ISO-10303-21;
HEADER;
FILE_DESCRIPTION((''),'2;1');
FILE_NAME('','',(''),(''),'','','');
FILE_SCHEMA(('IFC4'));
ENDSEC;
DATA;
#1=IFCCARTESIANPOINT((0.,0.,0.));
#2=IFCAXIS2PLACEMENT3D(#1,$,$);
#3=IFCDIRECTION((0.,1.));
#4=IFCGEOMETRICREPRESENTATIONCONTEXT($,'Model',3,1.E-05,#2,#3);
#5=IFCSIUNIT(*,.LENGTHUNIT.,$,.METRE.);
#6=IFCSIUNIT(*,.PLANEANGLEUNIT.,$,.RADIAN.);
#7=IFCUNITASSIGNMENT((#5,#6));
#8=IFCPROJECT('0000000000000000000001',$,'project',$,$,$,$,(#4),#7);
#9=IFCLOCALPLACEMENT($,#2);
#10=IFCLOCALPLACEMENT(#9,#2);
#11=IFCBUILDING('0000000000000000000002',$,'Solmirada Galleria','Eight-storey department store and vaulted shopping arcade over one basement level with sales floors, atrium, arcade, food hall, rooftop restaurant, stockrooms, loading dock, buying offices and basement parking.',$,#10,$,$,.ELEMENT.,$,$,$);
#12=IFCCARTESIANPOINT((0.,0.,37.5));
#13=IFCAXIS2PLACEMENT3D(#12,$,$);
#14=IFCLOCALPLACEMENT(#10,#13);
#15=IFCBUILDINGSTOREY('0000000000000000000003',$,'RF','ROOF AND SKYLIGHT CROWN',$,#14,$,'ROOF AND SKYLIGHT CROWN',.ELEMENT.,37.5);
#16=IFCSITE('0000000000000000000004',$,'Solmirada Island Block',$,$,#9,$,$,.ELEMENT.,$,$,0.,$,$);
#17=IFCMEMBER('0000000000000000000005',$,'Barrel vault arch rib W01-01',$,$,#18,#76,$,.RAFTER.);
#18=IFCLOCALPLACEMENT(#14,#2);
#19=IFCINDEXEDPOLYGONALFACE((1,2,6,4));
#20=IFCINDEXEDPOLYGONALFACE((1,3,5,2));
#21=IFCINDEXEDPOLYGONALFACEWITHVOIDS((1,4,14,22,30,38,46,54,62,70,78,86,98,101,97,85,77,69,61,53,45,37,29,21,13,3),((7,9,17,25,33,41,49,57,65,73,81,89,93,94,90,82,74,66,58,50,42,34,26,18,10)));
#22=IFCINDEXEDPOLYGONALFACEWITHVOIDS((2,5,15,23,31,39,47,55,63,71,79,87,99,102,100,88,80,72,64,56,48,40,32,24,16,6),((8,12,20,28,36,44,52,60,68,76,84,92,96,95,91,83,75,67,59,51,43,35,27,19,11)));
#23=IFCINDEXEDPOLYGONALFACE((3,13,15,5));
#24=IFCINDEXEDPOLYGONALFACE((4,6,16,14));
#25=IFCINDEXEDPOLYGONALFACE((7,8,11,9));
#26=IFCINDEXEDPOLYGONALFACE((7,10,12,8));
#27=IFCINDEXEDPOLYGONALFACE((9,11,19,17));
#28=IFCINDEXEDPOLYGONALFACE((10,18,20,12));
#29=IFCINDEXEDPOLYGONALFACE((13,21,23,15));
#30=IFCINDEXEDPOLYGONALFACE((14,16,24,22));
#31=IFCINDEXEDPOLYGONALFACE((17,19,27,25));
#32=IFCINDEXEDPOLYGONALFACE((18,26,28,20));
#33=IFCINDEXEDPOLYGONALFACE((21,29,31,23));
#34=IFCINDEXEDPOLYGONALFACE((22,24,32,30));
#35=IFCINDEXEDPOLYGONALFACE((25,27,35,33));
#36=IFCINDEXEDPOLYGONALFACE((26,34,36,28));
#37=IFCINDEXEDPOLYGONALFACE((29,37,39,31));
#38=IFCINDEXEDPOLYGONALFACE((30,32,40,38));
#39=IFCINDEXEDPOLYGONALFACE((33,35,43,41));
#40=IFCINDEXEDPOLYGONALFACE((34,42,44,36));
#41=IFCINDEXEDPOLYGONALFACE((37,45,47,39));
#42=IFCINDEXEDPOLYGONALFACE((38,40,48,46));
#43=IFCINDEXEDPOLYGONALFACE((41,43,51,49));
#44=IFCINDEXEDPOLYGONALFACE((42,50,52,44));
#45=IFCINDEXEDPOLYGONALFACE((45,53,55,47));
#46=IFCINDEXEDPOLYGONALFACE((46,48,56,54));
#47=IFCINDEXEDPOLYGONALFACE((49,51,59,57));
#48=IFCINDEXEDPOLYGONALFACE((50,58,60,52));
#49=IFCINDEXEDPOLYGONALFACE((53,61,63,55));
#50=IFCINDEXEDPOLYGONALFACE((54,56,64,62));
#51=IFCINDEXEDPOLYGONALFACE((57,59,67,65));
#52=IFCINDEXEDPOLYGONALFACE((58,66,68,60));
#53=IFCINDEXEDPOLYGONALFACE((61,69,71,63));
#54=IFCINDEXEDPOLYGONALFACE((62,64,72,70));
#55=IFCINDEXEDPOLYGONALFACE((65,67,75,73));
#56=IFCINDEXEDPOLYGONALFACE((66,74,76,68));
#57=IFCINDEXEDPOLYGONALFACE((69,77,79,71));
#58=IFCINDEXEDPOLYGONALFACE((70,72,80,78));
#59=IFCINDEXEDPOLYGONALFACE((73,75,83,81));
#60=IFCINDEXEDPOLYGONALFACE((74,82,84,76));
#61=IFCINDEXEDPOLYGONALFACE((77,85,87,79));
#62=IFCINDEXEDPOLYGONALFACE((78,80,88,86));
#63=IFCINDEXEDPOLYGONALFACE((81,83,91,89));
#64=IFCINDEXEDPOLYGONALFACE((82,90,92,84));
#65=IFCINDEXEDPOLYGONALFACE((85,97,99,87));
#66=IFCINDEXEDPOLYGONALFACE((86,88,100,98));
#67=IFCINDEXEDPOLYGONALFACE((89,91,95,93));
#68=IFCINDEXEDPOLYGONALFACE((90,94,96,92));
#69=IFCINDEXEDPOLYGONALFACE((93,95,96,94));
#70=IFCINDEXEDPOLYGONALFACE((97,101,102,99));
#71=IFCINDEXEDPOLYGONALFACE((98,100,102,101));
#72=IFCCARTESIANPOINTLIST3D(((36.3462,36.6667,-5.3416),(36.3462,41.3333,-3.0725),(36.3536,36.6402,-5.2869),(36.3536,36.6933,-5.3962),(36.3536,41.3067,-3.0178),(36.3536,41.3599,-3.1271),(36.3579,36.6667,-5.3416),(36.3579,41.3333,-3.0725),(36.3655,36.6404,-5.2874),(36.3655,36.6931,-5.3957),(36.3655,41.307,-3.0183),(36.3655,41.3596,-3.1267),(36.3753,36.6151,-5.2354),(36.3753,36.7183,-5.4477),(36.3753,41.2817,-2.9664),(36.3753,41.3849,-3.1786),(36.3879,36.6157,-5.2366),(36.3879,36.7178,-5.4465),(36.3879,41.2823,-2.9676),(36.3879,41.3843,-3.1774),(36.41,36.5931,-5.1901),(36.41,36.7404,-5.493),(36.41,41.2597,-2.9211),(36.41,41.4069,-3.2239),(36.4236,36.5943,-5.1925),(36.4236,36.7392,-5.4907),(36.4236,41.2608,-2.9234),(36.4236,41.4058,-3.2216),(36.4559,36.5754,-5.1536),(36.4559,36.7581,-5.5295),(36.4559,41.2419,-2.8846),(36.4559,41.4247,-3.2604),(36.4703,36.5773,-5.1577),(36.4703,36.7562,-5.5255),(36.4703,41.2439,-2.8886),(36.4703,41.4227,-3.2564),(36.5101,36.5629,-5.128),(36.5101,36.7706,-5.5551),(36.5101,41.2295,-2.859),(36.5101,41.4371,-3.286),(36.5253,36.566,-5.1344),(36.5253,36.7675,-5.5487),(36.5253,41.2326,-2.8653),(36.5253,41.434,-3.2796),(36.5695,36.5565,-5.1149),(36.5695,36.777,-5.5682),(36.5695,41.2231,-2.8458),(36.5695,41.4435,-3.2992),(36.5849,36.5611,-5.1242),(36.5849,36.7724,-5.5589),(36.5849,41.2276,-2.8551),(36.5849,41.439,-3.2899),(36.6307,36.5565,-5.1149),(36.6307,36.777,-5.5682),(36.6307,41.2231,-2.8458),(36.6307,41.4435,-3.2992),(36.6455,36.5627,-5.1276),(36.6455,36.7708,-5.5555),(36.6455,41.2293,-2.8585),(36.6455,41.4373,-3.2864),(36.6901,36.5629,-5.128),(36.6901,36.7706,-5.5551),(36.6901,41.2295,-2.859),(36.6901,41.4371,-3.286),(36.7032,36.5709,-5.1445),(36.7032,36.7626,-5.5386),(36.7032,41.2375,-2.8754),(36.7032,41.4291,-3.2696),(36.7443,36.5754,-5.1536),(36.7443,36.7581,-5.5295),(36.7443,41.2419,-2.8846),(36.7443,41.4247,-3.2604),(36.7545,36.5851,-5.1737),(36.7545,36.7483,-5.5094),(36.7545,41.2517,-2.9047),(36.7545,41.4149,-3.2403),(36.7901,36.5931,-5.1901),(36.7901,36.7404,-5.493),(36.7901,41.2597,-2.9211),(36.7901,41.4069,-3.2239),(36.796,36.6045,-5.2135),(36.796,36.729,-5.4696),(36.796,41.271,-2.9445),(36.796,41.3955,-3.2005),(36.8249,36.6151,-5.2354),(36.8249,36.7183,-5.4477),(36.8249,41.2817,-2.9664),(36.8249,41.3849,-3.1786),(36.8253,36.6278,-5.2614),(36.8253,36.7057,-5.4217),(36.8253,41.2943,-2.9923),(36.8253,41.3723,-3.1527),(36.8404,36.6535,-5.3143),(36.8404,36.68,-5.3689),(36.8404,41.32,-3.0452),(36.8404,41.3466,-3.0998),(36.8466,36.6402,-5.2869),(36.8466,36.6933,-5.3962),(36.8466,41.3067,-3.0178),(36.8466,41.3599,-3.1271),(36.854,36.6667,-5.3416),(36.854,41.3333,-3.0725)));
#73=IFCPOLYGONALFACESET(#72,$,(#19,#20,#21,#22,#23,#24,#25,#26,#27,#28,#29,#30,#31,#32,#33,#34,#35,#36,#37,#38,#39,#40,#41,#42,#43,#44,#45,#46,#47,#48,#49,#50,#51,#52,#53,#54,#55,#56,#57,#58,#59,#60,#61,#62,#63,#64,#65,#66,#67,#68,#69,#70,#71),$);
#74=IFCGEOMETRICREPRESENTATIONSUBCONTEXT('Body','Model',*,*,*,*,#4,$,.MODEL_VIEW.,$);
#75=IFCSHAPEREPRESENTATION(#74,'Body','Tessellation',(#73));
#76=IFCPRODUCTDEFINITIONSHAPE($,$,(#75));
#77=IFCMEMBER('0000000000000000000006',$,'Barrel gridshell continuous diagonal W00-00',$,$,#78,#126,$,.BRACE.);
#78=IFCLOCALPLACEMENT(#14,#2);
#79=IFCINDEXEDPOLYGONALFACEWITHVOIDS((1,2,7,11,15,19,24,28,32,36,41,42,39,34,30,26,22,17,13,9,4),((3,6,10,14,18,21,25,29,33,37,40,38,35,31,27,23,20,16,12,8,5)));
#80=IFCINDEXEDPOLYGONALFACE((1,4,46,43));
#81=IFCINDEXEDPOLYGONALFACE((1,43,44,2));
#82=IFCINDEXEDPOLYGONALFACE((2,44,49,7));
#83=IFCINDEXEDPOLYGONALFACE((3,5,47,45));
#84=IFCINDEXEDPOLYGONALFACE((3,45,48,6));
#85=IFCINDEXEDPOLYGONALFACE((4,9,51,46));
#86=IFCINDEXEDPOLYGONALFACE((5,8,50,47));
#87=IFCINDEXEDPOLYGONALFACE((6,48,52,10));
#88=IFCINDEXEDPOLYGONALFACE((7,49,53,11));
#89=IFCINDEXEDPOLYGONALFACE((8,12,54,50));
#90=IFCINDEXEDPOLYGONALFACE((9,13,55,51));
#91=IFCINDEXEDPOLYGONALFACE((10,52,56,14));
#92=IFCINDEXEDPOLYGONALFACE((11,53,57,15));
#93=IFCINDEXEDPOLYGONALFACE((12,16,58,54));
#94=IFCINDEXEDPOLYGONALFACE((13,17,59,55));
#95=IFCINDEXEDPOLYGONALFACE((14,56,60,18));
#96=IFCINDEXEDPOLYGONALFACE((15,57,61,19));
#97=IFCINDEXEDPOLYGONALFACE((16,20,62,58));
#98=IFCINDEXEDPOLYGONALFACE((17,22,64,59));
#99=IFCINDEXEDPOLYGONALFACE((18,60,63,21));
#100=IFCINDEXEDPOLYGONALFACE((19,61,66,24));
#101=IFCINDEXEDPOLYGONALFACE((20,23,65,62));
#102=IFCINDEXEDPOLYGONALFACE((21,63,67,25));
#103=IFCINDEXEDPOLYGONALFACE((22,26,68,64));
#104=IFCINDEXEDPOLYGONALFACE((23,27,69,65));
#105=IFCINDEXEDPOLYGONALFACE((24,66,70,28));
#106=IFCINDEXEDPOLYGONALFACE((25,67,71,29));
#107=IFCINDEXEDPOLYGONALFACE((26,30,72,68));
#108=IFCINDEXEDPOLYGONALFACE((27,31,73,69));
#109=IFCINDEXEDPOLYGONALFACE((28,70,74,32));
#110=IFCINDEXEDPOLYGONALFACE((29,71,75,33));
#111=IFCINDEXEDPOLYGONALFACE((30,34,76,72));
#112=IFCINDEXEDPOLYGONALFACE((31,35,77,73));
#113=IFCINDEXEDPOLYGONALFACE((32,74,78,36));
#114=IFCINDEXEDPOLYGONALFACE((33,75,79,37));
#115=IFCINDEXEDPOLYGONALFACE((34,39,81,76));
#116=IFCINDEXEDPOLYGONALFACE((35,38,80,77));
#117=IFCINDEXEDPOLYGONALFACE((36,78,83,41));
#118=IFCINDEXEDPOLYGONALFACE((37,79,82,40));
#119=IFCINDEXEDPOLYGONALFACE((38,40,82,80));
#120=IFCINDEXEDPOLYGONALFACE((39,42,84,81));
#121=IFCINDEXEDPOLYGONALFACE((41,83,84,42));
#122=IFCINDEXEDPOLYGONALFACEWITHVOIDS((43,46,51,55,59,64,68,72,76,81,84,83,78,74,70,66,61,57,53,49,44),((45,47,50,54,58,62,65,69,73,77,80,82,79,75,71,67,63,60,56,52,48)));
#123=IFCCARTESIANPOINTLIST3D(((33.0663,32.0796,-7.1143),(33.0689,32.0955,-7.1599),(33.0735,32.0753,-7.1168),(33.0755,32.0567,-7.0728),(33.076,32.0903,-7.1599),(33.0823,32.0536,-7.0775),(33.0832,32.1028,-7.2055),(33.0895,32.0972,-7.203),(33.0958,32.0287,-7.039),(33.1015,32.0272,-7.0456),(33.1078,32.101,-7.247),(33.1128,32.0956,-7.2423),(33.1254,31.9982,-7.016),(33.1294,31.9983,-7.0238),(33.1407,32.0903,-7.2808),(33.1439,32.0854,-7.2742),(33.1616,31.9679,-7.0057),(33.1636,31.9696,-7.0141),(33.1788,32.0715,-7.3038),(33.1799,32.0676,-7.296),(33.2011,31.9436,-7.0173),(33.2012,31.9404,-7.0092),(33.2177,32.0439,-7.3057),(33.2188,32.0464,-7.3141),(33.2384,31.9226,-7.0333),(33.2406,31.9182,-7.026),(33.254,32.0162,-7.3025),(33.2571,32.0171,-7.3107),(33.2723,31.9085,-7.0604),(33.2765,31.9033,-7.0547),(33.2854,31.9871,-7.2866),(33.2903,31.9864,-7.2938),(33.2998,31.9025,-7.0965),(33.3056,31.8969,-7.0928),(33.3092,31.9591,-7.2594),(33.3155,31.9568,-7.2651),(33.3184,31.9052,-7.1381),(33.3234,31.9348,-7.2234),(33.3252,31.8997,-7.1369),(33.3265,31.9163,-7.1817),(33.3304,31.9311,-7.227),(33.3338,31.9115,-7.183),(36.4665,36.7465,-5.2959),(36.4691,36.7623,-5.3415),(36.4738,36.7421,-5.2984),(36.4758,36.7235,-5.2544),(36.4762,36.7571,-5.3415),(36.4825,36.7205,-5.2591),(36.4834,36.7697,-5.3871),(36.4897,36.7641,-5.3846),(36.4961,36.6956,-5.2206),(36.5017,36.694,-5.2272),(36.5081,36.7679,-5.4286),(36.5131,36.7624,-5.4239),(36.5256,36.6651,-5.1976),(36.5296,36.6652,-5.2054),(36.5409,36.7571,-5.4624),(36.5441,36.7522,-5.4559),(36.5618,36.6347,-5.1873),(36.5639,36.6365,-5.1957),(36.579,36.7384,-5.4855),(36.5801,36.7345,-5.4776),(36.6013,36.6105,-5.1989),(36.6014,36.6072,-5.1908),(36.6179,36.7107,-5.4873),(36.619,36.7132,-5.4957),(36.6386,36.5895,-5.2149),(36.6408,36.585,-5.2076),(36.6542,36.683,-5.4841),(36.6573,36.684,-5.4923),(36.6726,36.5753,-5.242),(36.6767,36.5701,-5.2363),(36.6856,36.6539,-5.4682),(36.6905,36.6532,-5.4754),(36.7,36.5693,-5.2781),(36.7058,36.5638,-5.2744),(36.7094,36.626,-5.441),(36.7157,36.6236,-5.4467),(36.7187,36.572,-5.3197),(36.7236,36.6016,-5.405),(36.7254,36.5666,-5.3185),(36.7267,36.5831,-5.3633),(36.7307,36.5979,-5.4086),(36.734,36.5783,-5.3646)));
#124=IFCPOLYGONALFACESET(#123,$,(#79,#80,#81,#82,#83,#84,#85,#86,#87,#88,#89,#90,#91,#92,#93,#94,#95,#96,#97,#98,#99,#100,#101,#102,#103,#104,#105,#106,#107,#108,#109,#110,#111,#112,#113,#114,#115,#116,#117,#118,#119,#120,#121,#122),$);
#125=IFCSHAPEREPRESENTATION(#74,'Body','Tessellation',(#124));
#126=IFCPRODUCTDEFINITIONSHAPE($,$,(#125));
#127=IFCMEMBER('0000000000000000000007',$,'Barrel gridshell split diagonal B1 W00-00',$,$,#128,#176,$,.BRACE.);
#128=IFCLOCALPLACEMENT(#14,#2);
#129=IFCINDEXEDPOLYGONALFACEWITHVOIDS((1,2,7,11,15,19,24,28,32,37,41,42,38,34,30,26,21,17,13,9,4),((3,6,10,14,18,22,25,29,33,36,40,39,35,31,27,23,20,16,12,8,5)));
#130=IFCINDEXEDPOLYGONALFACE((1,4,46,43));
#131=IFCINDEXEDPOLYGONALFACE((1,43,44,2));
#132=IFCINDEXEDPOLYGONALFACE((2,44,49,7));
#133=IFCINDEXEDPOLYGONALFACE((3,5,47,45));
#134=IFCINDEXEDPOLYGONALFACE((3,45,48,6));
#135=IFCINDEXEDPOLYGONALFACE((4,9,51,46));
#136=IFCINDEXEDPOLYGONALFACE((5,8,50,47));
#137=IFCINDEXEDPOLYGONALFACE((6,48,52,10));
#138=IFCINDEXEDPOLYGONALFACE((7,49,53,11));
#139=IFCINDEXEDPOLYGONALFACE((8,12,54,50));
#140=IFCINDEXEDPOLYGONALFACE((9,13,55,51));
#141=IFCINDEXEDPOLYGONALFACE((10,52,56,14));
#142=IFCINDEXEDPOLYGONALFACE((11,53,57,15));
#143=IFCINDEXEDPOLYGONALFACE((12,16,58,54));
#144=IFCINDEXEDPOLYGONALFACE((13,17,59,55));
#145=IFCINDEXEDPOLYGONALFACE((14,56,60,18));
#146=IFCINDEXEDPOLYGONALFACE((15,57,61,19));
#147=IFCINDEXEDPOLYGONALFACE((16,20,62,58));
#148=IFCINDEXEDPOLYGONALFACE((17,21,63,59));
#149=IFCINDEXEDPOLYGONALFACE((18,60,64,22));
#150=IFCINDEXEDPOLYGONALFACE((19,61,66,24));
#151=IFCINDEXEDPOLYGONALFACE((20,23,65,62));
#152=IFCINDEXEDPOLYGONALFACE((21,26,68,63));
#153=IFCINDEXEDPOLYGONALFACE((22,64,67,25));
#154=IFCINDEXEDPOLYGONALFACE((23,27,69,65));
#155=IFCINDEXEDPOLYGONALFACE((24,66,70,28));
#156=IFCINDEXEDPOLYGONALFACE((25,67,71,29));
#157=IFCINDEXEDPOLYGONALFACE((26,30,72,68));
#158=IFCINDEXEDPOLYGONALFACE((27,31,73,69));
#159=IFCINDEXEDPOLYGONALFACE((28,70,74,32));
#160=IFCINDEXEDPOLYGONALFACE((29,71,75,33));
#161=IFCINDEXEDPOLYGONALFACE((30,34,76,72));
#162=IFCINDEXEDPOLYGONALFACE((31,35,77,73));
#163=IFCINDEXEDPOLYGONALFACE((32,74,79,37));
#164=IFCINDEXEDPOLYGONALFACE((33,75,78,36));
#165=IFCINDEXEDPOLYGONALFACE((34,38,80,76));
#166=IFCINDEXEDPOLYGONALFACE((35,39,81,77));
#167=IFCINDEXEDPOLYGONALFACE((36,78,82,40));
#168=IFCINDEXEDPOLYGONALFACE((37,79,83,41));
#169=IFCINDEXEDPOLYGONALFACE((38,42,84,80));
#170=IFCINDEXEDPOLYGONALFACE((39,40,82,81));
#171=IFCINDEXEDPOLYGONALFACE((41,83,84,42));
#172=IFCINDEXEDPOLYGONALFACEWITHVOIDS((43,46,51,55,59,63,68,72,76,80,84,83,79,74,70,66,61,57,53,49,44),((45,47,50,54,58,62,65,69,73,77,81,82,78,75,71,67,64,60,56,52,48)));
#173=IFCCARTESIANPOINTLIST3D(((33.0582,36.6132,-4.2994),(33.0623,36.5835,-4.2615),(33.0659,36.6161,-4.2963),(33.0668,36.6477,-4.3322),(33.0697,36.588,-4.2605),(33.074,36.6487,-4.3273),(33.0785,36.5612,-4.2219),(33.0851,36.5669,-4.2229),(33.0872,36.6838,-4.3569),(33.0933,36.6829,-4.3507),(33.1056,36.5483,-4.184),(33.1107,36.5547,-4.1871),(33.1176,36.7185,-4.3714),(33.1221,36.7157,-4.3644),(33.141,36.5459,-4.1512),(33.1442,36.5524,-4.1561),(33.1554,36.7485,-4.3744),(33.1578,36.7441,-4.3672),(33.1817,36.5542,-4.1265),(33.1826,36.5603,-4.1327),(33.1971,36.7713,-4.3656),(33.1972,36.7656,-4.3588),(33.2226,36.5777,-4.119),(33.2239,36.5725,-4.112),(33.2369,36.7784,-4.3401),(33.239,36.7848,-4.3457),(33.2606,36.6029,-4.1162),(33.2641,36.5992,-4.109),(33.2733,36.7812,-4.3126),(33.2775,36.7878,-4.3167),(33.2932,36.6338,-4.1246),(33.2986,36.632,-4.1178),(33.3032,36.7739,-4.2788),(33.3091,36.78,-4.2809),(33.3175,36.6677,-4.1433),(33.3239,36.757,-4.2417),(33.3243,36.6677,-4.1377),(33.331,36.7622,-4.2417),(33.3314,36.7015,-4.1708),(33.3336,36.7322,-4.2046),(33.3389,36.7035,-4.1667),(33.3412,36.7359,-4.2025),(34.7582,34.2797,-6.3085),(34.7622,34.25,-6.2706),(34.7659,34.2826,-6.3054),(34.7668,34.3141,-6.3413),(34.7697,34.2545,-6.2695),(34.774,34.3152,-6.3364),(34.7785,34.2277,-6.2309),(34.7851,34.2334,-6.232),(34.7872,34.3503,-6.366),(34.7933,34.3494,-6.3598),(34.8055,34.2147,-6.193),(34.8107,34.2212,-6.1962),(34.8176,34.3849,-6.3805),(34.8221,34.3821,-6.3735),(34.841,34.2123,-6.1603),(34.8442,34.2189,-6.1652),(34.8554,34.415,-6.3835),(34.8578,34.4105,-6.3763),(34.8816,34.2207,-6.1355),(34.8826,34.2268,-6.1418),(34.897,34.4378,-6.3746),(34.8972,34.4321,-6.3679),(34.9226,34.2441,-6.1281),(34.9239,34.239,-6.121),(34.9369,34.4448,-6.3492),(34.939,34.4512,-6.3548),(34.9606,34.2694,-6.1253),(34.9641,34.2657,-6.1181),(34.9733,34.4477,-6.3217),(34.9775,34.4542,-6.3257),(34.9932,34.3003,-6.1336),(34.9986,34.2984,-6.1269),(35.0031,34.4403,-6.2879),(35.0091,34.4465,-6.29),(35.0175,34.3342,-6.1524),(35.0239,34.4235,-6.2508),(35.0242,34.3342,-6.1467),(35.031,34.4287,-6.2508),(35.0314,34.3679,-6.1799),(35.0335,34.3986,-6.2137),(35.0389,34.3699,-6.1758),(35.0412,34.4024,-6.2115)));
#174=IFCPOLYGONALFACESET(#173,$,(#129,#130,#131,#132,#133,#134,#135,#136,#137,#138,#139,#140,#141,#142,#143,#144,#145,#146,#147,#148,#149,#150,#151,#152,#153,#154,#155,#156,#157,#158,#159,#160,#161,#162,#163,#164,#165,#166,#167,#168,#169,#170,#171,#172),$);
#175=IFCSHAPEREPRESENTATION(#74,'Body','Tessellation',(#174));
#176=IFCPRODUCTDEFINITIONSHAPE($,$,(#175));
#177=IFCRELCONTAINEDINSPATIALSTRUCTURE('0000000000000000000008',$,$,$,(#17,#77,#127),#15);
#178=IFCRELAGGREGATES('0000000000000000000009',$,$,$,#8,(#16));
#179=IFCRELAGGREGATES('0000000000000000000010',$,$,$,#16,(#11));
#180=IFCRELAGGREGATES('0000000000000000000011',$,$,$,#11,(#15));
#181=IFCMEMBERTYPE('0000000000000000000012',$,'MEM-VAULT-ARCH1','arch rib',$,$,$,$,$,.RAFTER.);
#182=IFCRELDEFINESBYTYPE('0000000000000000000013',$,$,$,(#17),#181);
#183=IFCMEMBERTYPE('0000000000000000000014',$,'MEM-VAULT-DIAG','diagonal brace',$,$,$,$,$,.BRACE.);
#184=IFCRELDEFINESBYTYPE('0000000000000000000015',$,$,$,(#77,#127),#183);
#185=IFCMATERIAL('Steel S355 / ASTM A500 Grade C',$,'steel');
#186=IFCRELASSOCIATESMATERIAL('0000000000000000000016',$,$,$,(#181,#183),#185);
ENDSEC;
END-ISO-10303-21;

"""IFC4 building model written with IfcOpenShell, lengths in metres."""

from ifc_helpers import new_model, si_unit, direction, frame, origin, origin_2d, place, context, subcontext, project, spatial, hollow_circle, extrude, material, material_profile, profile_set, type_object, element, save


model = new_model("IFC4")

# Units and contexts
model_context = context("Model", 3, precision=1e-05, world=origin(), true_north=direction((0.0, 1.0)))
body_context = subcontext(model_context, "Body", "Model", "MODEL_VIEW")
ifc_project = project(units=[si_unit("LENGTHUNIT", "METRE"), si_unit("PLANEANGLEUNIT", "RADIAN")], contexts=[model_context])

# Site, building, storey
site_placement = place(None, origin())
site = spatial("IfcSite", under=ifc_project, at=site_placement, Name="Solmirada Island Block", CompositionType="ELEMENT", RefElevation=0.0)
building_placement = place(site_placement, origin())
building = spatial("IfcBuilding", under=site, at=building_placement, Name="Solmirada Galleria", Description="Eight-storey department store and vaulted shopping arcade over one basement level with sales floors, atrium, arcade, food hall, rooftop restaurant, stockrooms, loading dock, buying offices and basement parking.", CompositionType="ELEMENT")
storey_placement = place(building_placement, frame((0.0, 0.0, 37.5)))
storey = spatial("IfcBuildingStorey", under=building, at=storey_placement, Name="RF", Description="ROOF AND SKYLIGHT CROWN", LongName="ROOF AND SKYLIGHT CROWN", CompositionType="ELEMENT", Elevation=37.5)

# Members
ifc_material_1 = material(Name="Steel S355 / ASTM A500 Grade C", Category="steel")
ifc_material_profile_1 = material_profile(ifc_material_1, hollow_circle(Radius=0.2539, WallThickness=0.0117, at=origin_2d()), Name="HSS20.000X0.500")
ifc_profile_set_1 = profile_set([ifc_material_profile_1], Name="Steel S355 / ASTM A500 Grade C")
member_type_1 = type_object("IfcMemberType", Name="MEM-VAULT-ARCH1", Description="arch rib", PredefinedType="RAFTER", material=ifc_profile_set_1)
member_1_placement = place(storey_placement, frame((36.6001, 36.6667, -5.3416), z_axis=(0.0, 0.899322, 0.437287), x_axis=(-1.0, 0.0, 0.0)))
element("IfcMember", 1, at=member_1_placement, inside=storey, type_object=member_type_1, Name="Barrel vault arch rib W01-01", PredefinedType="RAFTER", context=body_context, shape_type="SweptSolid", body=[
    extrude(hollow_circle(Radius=0.2539, WallThickness=0.0117, at=origin_2d()), origin(), (0.0, 0.0, 1.0), 5.189),
])
ifc_material_profile_2 = material_profile(ifc_material_1, hollow_circle(Radius=0.1621, WallThickness=0.0088, at=origin_2d()), Name="HSS12.750X0.375")
ifc_profile_set_2 = profile_set([ifc_material_profile_2], Name="Steel S355 / ASTM A500 Grade C")
member_type_2 = type_object("IfcMemberType", Name="MEM-VAULT-DIAG", Description="diagonal brace", PredefinedType="BRACE", material=ifc_profile_set_2)
member_2_placement = place(storey_placement, frame((33.2, 32.0, -7.1599), z_axis=(0.561674, 0.770906, 0.300377), x_axis=(-0.808229, 0.588868, 0.0)))
element("IfcMember", 2, at=member_2_placement, inside=storey, type_object=member_type_2, Name="Barrel gridshell continuous diagonal W00-00", PredefinedType="BRACE", context=body_context, shape_type="SweptSolid", body=[
    extrude(hollow_circle(Radius=0.1621, WallThickness=0.0088, at=origin_2d()), origin(), (0.0, 0.0, 1.0), 6.0537),
])
for number, where, z_axis, x_axis, name in (
    (3, (33.2, 36.6667, -4.2417), (0.483314, -0.663438, -0.57119), (0.808264, 0.58882, 0.0), "Barrel gridshell split diagonal B1 W00-00"),
):
    element("IfcMember", number, at=place(storey_placement, frame(where, z_axis=z_axis, x_axis=x_axis)), inside=storey, type_object=member_type_2, Name=name, PredefinedType="BRACE", context=body_context, shape_type="SweptSolid", body=[
        extrude(hollow_circle(Radius=0.1621, WallThickness=0.0088, at=origin_2d()), origin(), (0.0, 0.0, 1.0), 3.5173),
    ])

save(model, "model.ifc")
